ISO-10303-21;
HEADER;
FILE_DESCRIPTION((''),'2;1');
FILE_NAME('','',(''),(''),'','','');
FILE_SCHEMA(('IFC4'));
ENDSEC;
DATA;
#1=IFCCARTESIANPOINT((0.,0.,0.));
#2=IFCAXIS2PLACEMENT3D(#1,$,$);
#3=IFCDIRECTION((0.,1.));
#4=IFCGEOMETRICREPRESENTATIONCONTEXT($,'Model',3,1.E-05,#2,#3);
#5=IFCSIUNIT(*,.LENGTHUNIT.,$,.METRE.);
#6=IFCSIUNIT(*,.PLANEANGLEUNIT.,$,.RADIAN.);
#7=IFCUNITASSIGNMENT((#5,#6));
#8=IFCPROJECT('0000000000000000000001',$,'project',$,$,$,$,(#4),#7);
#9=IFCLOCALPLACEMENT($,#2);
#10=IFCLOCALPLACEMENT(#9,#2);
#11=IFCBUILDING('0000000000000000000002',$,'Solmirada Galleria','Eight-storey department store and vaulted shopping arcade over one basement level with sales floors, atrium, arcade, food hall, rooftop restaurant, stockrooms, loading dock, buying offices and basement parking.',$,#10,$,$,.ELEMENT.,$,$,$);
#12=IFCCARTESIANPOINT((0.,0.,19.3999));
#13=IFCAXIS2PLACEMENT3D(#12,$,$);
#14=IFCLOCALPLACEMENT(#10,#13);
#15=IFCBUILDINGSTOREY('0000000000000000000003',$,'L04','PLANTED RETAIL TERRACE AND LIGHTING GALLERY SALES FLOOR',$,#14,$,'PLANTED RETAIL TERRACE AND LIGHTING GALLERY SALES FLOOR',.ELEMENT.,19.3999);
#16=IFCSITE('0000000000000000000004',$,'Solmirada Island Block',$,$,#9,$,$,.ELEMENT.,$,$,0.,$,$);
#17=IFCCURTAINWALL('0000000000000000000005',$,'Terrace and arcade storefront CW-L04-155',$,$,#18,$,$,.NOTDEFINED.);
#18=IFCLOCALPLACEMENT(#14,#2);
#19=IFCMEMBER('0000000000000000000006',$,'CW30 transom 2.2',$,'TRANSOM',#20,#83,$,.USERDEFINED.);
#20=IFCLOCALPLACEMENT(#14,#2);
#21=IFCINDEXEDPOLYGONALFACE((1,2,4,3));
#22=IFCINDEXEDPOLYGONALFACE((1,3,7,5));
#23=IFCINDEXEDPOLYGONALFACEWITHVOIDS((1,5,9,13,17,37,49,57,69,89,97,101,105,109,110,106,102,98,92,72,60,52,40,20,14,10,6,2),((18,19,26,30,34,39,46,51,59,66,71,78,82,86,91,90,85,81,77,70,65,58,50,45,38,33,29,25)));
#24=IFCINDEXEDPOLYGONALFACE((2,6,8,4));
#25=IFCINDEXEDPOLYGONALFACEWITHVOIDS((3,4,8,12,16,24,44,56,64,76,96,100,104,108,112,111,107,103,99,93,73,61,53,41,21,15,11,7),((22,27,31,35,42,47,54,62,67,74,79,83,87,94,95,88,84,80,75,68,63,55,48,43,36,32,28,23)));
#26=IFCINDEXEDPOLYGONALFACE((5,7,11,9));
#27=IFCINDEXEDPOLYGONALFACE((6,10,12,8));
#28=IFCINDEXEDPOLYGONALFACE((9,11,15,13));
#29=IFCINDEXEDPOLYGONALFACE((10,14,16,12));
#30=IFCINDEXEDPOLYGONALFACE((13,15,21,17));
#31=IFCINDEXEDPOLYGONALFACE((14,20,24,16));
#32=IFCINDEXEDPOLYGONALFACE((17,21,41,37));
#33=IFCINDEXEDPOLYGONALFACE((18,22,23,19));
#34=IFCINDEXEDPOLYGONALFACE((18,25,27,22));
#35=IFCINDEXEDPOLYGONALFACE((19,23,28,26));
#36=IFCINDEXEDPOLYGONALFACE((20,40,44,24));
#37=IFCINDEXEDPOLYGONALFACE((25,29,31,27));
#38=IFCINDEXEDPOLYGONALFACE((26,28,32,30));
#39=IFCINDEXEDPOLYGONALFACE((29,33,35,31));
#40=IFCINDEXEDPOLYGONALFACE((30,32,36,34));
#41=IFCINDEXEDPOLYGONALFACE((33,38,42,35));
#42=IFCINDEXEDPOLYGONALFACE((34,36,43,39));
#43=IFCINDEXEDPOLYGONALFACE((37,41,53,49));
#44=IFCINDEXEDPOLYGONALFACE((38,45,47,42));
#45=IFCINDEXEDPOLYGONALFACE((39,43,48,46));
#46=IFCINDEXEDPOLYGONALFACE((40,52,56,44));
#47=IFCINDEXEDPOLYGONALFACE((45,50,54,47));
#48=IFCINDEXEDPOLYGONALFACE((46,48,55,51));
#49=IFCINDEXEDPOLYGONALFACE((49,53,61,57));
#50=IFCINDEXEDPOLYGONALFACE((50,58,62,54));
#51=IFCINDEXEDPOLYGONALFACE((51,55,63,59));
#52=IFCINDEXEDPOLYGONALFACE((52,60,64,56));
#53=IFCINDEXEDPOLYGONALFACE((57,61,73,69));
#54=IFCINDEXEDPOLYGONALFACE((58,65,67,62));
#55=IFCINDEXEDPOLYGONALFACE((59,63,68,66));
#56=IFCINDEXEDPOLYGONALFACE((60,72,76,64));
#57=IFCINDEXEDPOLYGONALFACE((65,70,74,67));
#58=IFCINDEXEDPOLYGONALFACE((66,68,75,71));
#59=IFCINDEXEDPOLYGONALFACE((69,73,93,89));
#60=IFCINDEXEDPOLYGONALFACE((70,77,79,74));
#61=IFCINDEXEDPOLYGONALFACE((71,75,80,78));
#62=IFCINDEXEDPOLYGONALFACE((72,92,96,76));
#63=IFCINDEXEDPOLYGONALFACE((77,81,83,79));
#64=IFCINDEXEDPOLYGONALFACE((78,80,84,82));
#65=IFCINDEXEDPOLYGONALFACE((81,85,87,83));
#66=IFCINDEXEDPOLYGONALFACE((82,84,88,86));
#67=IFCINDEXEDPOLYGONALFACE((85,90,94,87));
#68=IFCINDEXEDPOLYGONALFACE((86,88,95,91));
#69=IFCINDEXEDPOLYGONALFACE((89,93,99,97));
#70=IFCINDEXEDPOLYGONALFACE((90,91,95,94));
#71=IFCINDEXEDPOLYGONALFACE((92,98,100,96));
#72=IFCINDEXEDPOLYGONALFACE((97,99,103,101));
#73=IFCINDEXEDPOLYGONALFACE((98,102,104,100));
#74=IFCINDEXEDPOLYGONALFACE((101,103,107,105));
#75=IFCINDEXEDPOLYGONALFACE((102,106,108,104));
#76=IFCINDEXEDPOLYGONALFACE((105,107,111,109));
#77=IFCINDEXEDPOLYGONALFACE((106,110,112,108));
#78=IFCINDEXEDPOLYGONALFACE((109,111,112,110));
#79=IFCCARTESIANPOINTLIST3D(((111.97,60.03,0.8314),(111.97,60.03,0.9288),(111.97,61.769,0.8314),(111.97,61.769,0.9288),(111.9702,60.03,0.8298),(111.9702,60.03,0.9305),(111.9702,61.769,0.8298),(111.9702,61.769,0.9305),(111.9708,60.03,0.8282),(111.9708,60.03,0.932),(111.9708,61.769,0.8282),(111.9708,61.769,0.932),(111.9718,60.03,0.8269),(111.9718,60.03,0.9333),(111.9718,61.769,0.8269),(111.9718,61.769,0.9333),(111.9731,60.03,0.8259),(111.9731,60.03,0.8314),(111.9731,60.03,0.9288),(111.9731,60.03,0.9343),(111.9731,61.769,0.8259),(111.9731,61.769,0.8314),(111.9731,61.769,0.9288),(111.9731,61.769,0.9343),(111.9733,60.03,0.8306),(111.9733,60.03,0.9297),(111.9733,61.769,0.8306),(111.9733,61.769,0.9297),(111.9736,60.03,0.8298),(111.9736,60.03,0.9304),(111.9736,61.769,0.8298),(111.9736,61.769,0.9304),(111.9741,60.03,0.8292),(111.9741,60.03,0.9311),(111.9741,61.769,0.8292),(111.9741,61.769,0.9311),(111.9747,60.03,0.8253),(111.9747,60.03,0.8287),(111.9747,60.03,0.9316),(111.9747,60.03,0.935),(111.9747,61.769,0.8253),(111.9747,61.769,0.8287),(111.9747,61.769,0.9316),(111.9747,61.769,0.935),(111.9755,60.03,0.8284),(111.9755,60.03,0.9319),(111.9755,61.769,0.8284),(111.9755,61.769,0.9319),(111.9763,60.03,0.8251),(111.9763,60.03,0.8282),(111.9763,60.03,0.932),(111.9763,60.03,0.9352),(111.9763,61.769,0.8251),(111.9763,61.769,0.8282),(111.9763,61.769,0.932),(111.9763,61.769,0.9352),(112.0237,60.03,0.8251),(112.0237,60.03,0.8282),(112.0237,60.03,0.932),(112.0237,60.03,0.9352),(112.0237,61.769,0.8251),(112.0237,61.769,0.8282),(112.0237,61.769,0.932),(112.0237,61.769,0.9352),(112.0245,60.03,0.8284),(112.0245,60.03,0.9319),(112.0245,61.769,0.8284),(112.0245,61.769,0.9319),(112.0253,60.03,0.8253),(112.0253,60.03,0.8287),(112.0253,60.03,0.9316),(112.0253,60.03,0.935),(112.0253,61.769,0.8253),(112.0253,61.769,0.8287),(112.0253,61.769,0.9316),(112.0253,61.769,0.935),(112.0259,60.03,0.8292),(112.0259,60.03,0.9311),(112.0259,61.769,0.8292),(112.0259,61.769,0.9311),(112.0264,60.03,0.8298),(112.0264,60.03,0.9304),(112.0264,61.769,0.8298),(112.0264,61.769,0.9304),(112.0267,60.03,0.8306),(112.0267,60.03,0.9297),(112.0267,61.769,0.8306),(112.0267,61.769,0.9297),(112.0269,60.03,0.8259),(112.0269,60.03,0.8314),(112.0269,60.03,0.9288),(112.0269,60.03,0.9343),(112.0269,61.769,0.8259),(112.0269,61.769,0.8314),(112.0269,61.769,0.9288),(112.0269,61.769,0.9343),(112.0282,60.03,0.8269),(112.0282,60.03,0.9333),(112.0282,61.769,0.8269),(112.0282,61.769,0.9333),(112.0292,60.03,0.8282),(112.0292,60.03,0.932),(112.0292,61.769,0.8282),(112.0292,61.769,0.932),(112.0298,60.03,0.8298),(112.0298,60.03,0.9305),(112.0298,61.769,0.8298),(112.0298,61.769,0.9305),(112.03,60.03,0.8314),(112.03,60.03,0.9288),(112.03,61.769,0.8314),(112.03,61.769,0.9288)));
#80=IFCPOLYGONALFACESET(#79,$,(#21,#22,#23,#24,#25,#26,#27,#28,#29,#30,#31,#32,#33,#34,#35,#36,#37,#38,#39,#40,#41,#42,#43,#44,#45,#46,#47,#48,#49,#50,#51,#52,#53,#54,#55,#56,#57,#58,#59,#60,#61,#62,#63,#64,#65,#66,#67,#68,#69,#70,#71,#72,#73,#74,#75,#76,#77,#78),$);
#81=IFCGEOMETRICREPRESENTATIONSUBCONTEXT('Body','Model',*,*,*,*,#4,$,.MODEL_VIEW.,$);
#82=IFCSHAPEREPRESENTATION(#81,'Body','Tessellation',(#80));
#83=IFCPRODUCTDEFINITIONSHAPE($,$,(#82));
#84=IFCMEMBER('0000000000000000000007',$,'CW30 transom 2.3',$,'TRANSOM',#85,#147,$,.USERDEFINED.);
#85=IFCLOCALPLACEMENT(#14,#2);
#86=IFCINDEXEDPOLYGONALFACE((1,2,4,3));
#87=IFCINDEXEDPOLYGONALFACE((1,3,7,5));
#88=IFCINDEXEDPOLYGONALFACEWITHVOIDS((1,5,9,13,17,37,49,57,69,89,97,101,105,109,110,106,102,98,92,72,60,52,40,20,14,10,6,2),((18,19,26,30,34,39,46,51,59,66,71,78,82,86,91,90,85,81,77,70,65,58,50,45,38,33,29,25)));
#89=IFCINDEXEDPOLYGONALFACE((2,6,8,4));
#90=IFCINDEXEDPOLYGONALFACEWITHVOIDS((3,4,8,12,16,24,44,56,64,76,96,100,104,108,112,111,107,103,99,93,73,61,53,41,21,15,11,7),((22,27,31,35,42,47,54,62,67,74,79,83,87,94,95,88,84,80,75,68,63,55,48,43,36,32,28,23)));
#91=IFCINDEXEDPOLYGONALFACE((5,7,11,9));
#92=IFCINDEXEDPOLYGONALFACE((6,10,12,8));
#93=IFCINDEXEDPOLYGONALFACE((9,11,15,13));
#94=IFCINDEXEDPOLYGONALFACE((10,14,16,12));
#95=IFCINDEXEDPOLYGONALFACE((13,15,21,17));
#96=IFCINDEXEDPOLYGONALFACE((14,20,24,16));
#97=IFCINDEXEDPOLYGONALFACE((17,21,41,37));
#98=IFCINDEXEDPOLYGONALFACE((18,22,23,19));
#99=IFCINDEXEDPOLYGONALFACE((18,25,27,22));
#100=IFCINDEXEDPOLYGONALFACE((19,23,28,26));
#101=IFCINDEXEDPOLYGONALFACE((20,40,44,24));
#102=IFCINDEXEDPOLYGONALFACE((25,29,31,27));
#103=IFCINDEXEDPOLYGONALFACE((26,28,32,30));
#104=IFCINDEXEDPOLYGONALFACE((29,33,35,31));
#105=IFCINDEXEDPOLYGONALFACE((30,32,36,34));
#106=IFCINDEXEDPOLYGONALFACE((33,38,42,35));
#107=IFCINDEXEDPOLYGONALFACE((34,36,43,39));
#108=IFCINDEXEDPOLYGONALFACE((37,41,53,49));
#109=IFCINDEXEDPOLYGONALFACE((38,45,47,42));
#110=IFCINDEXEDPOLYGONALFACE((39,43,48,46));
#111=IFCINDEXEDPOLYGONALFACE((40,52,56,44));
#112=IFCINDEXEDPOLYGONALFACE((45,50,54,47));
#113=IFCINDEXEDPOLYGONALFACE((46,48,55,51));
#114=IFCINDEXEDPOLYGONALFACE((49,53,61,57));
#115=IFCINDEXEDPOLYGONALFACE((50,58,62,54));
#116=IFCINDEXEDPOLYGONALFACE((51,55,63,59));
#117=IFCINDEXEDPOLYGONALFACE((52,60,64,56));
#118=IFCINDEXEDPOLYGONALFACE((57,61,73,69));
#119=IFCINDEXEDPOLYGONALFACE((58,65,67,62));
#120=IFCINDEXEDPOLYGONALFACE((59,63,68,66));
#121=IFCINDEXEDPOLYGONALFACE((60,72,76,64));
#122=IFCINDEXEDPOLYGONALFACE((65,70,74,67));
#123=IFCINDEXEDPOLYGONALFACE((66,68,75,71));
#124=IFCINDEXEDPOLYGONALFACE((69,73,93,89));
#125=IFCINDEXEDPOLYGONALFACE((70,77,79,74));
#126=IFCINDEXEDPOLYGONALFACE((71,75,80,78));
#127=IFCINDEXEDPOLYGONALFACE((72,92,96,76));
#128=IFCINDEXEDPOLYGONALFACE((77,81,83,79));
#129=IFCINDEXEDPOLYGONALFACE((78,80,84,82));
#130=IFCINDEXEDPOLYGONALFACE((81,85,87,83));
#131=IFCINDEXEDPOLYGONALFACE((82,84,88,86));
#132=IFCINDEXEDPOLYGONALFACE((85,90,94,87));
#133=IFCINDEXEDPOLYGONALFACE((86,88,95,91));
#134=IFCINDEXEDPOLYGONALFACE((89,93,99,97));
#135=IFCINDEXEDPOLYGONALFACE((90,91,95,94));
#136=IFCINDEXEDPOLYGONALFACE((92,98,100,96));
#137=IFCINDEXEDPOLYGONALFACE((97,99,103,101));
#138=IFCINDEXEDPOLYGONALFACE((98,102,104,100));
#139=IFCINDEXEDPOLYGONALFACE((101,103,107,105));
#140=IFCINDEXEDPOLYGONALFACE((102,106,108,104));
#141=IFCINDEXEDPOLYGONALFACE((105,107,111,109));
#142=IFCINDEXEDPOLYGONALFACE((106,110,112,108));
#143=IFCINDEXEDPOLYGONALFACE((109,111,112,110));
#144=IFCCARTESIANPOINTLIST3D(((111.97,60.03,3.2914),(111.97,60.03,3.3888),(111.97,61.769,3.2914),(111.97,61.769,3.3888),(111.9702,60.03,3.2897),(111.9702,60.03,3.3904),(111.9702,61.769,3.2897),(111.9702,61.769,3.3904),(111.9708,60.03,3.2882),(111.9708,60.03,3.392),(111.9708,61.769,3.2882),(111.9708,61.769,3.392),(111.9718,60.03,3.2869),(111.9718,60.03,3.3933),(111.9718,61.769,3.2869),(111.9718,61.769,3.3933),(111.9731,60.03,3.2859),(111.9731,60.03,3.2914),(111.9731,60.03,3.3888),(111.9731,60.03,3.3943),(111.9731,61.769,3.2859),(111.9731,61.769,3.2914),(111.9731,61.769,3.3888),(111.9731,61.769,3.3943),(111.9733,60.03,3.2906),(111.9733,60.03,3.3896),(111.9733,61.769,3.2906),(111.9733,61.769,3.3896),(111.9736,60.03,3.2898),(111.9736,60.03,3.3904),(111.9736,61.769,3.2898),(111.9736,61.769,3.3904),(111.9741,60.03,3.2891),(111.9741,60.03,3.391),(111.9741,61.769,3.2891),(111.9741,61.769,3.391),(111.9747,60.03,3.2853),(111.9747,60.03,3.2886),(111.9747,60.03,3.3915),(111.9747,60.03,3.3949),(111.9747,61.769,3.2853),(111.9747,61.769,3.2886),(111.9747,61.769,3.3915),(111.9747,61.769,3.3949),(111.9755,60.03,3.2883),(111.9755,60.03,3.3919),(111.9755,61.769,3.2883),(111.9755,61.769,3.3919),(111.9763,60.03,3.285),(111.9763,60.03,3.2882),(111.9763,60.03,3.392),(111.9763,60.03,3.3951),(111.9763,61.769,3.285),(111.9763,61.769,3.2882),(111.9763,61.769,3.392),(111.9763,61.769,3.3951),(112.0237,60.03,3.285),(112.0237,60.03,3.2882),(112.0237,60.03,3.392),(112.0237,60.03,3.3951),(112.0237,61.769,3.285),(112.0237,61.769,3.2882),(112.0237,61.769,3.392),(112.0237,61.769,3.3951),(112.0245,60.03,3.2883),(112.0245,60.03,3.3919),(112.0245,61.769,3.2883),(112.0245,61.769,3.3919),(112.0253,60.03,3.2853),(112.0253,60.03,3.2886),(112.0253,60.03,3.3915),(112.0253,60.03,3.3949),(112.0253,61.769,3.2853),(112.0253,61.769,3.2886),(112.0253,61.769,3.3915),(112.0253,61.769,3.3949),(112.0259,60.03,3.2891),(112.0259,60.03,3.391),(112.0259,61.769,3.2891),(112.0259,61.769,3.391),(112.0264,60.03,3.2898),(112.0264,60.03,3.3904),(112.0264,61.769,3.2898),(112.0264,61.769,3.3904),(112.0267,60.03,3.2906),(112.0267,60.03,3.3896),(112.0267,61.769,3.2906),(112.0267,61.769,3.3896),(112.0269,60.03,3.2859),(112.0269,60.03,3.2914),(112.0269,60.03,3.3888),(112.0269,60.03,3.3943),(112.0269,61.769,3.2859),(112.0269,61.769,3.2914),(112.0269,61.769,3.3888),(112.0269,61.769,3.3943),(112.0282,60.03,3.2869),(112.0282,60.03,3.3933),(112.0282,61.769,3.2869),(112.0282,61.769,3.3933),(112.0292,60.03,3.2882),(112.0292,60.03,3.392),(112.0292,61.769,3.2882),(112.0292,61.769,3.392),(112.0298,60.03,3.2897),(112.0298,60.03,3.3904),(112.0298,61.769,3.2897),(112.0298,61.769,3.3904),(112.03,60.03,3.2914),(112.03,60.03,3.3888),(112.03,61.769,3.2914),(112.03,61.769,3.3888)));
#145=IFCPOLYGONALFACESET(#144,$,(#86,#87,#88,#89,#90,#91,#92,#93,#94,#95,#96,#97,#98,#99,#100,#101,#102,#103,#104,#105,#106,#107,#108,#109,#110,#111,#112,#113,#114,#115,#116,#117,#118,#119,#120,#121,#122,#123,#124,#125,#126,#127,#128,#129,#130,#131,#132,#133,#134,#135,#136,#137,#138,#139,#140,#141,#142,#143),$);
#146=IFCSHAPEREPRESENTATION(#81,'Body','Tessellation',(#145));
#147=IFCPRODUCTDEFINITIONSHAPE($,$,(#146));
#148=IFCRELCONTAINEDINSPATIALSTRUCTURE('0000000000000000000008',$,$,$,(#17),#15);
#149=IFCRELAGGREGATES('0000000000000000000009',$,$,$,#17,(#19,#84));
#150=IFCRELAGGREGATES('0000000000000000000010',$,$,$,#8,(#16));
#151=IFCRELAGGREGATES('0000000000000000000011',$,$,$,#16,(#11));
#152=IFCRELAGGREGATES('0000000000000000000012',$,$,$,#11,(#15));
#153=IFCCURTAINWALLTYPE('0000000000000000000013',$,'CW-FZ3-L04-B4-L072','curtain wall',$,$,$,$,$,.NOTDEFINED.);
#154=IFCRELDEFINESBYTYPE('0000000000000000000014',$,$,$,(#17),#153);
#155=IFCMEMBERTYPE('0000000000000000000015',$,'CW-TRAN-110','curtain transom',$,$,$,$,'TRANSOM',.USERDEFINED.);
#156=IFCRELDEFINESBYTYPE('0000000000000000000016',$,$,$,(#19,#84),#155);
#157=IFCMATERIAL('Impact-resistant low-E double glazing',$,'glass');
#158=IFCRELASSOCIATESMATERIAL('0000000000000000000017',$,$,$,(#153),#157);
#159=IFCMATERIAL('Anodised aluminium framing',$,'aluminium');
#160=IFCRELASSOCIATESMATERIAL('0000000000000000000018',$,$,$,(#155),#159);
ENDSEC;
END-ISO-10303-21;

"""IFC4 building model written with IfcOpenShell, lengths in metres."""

from ifc_helpers import new_model, si_unit, direction, frame, origin, origin_2d, place, context, subcontext, project, spatial, hollow_rectangle, extrude, material, material_profile, profile_set, type_object, element, aggregate, save


model = new_model("IFC4")

# Units and contexts
model_context = context("Model", 3, precision=1e-05, world=origin(), true_north=direction((0.0, 1.0)))
body_context = subcontext(model_context, "Body", "Model", "MODEL_VIEW")
ifc_project = project(units=[si_unit("LENGTHUNIT", "METRE"), si_unit("PLANEANGLEUNIT", "RADIAN")], contexts=[model_context])

# Site, building, storey
site_placement = place(None, origin())
site = spatial("IfcSite", under=ifc_project, at=site_placement, Name="Solmirada Island Block", CompositionType="ELEMENT", RefElevation=0.0)
building_placement = place(site_placement, origin())
building = spatial("IfcBuilding", under=site, at=building_placement, Name="Solmirada Galleria", Description="Eight-storey department store and vaulted shopping arcade over one basement level with sales floors, atrium, arcade, food hall, rooftop restaurant, stockrooms, loading dock, buying offices and basement parking.", CompositionType="ELEMENT")
storey_placement = place(building_placement, frame((0.0, 0.0, 19.3999)))
storey = spatial("IfcBuildingStorey", under=building, at=storey_placement, Name="L04", Description="PLANTED RETAIL TERRACE AND LIGHTING GALLERY SALES FLOOR", LongName="PLANTED RETAIL TERRACE AND LIGHTING GALLERY SALES FLOOR", CompositionType="ELEMENT", Elevation=19.3999)

# Shared definitions
ifc_material_1 = material(Name="Impact-resistant low-E double glazing", Category="glass")
curtain_wall_type = type_object("IfcCurtainWallType", Name="CW-FZ3-L04-B4-L072", Description="curtain wall", PredefinedType="NOTDEFINED", material=ifc_material_1)
ifc_material_2 = material(Name="Anodised aluminium framing", Category="aluminium")

# Curtain wall
curtain_wall_1_placement = place(storey_placement, origin())
curtain_wall_1 = element("IfcCurtainWall", 1, at=curtain_wall_1_placement, inside=storey, type_object=curtain_wall_type, Name="Terrace and arcade storefront CW-L04-155", PredefinedType="NOTDEFINED")

# Members
ifc_material_profile_1 = material_profile(ifc_material_2, hollow_rectangle(XDim=0.0601, YDim=0.1101, WallThickness=0.0032, InnerFilletRadius=0.0032, OuterFilletRadius=0.0063, at=origin_2d()), Name="ALU-TRAN-110X60")
ifc_profile_set_1 = profile_set([ifc_material_profile_1], Name="Anodised aluminium framing")
member_type_1 = type_object("IfcMemberType", Name="CW-TRAN-110", Description="curtain transom", ElementType="TRANSOM", PredefinedType="USERDEFINED", material=ifc_profile_set_1)
member_1_placement = place(storey_placement, frame((112.0, 61.769, 0.8801), z_axis=(0.0, -1.0, 0.0), x_axis=(1.0, 0.0, 0.0)))
member_1 = element("IfcMember", 2, at=member_1_placement, type_object=member_type_1, Name="CW30 transom 2.2", ObjectType="TRANSOM", PredefinedType="USERDEFINED", context=body_context, shape_type="SweptSolid", body=[
    extrude(hollow_rectangle(XDim=0.0601, YDim=0.1101, WallThickness=0.0032, InnerFilletRadius=0.0032, OuterFilletRadius=0.0063, at=origin_2d()), origin(), (0.0, 0.0, 1.0), 1.739),
])
member_2_placement = place(storey_placement, frame((112.0, 61.769, 3.3401), z_axis=(0.0, -1.0, 0.0), x_axis=(1.0, 0.0, 0.0)))
member_2 = element("IfcMember", 3, at=member_2_placement, type_object=member_type_1, Name="CW30 transom 2.3", ObjectType="TRANSOM", PredefinedType="USERDEFINED", context=body_context, shape_type="SweptSolid", body=[
    extrude(hollow_rectangle(XDim=0.0601, YDim=0.1101, WallThickness=0.0032, InnerFilletRadius=0.0032, OuterFilletRadius=0.0063, at=origin_2d()), origin(), (0.0, 0.0, 1.0), 1.739),
])

aggregate(curtain_wall_1, [member_1, member_2])

save(model, "model.ifc")
